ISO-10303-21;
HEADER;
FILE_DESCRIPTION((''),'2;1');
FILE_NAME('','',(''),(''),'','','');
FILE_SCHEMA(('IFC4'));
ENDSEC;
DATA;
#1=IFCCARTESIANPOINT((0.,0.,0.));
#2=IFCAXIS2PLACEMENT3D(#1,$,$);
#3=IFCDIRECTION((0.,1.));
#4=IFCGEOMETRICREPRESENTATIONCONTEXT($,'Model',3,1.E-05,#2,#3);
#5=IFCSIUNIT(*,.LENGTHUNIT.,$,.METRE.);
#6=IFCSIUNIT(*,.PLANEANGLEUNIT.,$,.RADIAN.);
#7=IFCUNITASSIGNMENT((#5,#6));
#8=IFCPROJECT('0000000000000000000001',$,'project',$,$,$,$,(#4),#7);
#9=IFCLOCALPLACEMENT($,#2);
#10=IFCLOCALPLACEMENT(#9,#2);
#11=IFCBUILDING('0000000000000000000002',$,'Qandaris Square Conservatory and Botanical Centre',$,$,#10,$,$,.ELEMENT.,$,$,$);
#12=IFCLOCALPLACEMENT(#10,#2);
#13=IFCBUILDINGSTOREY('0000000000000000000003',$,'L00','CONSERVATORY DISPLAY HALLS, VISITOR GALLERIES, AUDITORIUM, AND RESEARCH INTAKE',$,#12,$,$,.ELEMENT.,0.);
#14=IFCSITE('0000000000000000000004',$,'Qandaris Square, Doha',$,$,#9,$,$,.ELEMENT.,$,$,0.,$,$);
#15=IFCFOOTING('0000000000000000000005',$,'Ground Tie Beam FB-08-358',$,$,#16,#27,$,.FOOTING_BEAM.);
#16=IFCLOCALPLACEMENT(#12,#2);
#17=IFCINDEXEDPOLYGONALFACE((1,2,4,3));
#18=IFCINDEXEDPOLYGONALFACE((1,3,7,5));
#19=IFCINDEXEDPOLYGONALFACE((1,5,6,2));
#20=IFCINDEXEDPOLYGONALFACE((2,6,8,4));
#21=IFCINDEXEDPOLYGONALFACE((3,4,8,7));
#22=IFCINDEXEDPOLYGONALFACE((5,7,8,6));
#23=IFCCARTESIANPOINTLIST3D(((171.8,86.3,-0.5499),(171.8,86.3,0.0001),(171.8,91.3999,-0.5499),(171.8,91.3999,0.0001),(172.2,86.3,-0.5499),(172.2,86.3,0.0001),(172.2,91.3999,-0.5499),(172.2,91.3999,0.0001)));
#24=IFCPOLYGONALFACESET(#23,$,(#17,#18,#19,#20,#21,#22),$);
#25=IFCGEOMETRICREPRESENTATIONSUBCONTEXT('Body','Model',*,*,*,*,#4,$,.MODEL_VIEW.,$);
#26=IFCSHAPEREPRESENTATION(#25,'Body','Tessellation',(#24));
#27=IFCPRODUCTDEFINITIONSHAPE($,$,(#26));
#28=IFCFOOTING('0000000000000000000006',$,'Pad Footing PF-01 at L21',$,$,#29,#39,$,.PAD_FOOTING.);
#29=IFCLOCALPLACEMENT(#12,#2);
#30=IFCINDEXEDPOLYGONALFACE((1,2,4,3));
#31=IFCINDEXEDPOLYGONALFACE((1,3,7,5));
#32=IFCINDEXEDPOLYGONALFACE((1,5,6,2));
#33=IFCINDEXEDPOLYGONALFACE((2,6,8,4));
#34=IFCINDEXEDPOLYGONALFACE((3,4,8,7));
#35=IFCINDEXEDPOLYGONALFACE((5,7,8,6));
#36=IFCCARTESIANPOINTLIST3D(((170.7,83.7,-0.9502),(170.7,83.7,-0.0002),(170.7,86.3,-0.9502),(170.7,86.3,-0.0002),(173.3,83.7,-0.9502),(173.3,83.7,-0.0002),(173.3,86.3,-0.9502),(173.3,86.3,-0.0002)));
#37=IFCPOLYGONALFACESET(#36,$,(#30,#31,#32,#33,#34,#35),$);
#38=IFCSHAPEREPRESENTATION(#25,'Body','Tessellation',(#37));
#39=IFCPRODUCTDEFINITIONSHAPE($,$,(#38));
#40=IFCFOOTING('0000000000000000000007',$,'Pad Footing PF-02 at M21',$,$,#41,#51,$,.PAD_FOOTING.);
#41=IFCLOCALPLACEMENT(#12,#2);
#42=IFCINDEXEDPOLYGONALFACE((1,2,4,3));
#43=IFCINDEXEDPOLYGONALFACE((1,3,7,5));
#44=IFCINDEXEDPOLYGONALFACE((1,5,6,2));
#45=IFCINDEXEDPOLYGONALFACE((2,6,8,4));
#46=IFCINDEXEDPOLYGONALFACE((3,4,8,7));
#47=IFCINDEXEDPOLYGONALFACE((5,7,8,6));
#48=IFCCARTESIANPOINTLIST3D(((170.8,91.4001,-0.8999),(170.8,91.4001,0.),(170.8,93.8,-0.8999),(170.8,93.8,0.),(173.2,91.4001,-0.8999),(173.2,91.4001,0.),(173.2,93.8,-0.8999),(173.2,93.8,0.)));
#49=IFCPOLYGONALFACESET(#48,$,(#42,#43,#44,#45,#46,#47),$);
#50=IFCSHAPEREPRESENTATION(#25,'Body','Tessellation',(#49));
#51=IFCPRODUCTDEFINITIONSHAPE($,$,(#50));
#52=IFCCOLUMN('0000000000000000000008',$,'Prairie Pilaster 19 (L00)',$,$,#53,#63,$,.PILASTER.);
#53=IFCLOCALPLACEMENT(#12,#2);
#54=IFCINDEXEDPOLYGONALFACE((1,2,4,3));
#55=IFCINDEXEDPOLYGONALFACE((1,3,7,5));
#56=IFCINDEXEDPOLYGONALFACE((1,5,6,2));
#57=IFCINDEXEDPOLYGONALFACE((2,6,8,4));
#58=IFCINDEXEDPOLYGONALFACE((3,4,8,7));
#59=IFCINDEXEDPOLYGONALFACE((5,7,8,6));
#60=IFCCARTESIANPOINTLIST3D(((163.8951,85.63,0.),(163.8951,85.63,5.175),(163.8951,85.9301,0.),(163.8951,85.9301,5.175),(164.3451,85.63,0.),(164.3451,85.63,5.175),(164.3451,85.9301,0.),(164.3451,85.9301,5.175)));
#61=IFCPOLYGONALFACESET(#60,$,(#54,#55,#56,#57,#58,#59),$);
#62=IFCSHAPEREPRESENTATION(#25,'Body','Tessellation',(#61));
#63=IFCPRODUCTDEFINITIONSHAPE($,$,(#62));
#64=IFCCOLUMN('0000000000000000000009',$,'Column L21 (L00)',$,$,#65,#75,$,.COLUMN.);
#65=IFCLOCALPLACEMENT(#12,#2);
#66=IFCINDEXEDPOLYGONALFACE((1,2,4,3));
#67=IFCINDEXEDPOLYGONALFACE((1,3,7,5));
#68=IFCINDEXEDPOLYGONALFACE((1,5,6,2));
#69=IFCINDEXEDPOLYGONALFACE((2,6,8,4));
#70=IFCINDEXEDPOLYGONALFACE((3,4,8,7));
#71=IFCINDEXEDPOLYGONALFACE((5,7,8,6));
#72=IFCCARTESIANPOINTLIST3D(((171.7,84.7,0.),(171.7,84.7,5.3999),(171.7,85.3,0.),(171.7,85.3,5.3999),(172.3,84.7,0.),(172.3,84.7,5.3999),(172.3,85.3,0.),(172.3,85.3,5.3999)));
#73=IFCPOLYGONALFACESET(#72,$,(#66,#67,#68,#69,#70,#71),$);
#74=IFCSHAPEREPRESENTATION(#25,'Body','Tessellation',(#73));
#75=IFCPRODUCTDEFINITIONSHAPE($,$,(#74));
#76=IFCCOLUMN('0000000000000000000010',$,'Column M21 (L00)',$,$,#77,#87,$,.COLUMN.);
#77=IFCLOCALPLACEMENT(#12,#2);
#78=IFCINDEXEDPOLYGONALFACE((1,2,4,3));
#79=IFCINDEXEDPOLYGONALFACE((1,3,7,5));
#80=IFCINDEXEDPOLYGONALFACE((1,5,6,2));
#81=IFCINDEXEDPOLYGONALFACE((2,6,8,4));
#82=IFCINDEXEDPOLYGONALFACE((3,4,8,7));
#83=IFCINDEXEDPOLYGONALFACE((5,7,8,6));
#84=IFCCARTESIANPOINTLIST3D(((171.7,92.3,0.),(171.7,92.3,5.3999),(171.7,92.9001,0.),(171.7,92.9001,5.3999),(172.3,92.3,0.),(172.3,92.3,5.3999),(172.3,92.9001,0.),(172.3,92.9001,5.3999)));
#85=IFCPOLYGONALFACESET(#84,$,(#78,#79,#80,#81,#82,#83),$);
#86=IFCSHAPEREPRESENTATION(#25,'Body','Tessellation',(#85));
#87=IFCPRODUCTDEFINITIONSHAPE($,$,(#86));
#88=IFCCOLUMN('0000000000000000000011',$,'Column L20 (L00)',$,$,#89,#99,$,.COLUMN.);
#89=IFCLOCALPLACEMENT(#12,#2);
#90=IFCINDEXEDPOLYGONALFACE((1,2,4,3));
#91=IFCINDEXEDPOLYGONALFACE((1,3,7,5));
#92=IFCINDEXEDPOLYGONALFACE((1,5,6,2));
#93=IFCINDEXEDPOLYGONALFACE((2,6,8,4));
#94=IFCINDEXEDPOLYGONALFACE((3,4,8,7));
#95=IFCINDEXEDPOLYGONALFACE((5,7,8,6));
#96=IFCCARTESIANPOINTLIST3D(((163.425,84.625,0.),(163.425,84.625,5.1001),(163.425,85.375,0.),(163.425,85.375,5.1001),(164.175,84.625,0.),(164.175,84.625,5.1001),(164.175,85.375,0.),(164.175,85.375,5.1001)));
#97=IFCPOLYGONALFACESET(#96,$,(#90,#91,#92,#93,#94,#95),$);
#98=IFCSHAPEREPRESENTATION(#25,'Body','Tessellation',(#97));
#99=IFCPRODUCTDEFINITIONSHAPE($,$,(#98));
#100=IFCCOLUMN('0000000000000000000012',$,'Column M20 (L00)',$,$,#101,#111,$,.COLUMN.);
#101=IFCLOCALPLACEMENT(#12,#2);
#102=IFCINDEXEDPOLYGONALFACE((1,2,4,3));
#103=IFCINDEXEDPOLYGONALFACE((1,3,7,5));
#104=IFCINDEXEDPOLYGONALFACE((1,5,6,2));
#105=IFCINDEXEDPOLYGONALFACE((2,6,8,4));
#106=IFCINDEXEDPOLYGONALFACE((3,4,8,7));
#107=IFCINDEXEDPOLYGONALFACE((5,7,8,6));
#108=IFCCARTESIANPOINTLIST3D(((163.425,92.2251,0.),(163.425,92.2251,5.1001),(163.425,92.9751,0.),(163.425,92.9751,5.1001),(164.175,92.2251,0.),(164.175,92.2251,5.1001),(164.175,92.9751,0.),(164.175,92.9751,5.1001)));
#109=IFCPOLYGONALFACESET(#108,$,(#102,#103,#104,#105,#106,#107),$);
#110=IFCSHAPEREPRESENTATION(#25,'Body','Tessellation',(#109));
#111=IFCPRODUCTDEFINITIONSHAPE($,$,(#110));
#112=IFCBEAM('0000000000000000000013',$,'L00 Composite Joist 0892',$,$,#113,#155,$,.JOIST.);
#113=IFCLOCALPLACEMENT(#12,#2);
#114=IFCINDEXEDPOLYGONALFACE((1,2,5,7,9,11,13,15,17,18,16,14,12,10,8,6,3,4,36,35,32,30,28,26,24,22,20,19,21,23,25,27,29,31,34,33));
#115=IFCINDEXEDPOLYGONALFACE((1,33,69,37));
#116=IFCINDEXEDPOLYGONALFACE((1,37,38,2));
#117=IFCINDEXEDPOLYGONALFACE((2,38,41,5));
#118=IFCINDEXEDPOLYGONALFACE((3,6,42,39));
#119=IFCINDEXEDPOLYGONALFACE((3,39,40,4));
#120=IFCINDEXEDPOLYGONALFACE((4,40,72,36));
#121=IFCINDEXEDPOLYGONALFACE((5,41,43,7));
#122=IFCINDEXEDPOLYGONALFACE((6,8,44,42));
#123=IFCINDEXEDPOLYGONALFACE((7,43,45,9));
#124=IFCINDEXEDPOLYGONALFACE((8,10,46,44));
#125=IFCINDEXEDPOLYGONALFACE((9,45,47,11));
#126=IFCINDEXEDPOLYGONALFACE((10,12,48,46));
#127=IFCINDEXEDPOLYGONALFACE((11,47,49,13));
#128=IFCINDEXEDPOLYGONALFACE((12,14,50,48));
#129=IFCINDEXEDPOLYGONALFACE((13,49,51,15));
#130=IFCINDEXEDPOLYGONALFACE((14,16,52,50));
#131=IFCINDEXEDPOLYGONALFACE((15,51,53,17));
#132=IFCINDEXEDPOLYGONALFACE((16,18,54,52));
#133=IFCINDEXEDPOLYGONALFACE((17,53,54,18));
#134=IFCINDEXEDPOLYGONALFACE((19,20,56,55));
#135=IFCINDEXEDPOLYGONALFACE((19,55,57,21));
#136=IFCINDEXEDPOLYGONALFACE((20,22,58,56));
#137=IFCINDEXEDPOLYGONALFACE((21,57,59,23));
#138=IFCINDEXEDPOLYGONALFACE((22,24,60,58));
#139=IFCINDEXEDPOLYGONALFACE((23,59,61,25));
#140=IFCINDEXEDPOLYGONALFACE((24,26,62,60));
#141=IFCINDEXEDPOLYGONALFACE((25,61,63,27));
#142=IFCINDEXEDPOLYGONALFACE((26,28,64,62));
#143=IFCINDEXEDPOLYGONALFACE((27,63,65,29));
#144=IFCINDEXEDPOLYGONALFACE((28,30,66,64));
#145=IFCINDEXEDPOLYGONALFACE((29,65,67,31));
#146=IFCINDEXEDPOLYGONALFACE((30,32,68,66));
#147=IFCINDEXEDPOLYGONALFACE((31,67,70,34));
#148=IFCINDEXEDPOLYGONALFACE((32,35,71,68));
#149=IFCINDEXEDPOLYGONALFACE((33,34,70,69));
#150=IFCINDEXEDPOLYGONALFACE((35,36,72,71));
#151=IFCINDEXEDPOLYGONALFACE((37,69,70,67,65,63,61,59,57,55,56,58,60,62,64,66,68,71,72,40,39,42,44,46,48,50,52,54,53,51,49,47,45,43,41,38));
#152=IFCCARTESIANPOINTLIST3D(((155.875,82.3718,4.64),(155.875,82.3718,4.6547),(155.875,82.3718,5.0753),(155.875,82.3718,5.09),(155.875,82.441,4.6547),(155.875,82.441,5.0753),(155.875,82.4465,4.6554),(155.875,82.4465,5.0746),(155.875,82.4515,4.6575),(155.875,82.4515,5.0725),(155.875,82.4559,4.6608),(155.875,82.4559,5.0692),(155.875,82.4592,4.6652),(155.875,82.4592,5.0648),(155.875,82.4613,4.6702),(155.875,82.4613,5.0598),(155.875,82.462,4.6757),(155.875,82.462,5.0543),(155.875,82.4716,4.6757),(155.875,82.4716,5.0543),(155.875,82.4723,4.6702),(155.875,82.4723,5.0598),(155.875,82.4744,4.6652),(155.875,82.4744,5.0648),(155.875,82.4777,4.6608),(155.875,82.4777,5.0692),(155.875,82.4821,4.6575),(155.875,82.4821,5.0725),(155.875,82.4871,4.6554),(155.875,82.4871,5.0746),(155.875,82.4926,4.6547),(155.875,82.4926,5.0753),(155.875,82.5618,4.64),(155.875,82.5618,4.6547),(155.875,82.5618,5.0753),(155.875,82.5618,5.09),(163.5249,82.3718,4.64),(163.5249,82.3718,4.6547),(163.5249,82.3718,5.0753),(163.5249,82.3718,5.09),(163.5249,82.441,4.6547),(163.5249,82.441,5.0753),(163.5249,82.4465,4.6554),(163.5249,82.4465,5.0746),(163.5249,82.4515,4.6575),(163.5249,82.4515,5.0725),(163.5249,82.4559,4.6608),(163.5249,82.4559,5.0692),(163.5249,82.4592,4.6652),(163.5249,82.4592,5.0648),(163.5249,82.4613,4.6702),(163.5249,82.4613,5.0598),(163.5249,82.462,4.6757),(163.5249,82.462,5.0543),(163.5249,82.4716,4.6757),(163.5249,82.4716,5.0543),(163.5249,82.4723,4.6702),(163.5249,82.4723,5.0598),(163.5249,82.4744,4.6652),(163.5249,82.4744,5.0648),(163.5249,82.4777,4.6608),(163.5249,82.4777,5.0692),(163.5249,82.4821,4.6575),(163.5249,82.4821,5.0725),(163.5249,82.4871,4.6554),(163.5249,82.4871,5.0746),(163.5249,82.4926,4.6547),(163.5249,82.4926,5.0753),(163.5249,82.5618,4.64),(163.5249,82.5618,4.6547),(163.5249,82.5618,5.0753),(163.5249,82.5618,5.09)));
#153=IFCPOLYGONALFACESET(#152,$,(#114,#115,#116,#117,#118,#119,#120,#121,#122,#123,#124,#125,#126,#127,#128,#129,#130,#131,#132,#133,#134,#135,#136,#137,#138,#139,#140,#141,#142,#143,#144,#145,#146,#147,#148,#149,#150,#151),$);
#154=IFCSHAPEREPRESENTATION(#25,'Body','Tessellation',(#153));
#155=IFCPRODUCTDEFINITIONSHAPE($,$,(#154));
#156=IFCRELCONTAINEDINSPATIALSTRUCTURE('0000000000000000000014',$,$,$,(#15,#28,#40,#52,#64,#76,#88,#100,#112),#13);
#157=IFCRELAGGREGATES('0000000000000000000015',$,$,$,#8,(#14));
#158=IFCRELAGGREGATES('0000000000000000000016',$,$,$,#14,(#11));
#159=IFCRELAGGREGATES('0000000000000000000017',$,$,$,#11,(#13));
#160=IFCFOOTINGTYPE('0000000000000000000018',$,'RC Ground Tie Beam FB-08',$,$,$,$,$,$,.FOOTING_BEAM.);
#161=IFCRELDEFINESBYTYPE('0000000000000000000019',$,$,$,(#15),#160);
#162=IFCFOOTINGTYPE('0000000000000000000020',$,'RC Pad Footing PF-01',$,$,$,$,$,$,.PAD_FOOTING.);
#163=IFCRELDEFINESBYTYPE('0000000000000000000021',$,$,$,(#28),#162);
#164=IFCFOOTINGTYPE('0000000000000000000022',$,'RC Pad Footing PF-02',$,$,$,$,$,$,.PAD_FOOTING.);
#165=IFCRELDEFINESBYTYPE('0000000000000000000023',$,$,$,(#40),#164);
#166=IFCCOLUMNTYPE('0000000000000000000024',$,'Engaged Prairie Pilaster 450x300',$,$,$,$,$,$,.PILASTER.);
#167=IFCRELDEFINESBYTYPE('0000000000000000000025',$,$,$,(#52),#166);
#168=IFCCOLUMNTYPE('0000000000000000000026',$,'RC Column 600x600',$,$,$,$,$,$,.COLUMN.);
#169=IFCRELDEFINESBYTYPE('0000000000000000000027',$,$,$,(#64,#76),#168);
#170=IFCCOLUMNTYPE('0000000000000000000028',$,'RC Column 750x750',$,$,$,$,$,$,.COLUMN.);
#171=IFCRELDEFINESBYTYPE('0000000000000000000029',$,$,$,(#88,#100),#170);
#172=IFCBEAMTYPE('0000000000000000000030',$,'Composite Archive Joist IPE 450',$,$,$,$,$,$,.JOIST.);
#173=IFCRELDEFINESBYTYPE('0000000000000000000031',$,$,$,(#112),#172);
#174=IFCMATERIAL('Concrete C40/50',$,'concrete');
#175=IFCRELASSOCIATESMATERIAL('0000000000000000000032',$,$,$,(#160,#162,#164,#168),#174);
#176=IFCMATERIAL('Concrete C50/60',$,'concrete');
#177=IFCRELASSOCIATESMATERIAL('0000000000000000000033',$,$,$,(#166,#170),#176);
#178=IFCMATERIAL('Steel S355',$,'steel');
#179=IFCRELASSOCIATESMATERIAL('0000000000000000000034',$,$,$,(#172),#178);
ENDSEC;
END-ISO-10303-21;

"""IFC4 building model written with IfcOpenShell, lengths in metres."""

from ifc_helpers import new_model, si_unit, direction, frame, origin, origin_2d, place, context, subcontext, project, spatial, rectangle, i_section, extrude, material, material_profile, profile_set, type_object, element, save


model = new_model("IFC4")

# Units and contexts
model_context = context("Model", 3, precision=1e-05, world=origin(), true_north=direction((0.0, 1.0)))
body_context = subcontext(model_context, "Body", "Model", "MODEL_VIEW")
ifc_project = project(units=[si_unit("LENGTHUNIT", "METRE"), si_unit("PLANEANGLEUNIT", "RADIAN")], contexts=[model_context])

# Site, building, storey
site_placement = place(None, origin())
site = spatial("IfcSite", under=ifc_project, at=site_placement, Name="Qandaris Square, Doha", CompositionType="ELEMENT", RefElevation=0.0)
building_placement = place(site_placement, origin())
building = spatial("IfcBuilding", under=site, at=building_placement, Name="Qandaris Square Conservatory and Botanical Centre", CompositionType="ELEMENT")
storey_placement = place(building_placement, origin())
storey = spatial("IfcBuildingStorey", under=building, at=storey_placement, Name="L00", Description="CONSERVATORY DISPLAY HALLS, VISITOR GALLERIES, AUDITORIUM, AND RESEARCH INTAKE", CompositionType="ELEMENT", Elevation=0.0)

# Footings
ifc_material_1 = material(Name="Concrete C40/50", Category="concrete")
ifc_material_profile_1 = material_profile(ifc_material_1, rectangle(XDim=0.3999, YDim=0.55, at=origin_2d()), Name="FB 400x550")
ifc_profile_set_1 = profile_set([ifc_material_profile_1], Name="Concrete C40/50")
footing_type_1 = type_object("IfcFootingType", Name="RC Ground Tie Beam FB-08", PredefinedType="FOOTING_BEAM", material=ifc_profile_set_1)
footing_1_placement = place(storey_placement, frame((172.0, 86.3, -0.2749), z_axis=(0.0, 1.0, 0.0), x_axis=(-1.0, 0.0, 0.0)))
element("IfcFooting", 1, at=footing_1_placement, inside=storey, type_object=footing_type_1, Name="Ground Tie Beam FB-08-358", PredefinedType="FOOTING_BEAM", context=body_context, shape_type="SweptSolid", body=[
    extrude(rectangle(XDim=0.3999, YDim=0.55, at=origin_2d()), origin(), (0.0, 0.0, 1.0), 5.0999),
])
footing_type_2 = type_object("IfcFootingType", Name="RC Pad Footing PF-01", PredefinedType="PAD_FOOTING", material=ifc_material_1)
footing_2_placement = place(storey_placement, frame((172.0, 85.0, -0.9502), z_axis=(0.0, 0.0, 1.0), x_axis=(1.0, 0.0, 0.0)))
element("IfcFooting", 2, at=footing_2_placement, inside=storey, type_object=footing_type_2, Name="Pad Footing PF-01 at L21", PredefinedType="PAD_FOOTING", context=body_context, shape_type="SweptSolid", body=[
    extrude(rectangle(XDim=2.6001, YDim=2.6001, at=origin_2d()), origin(), (0.0, 0.0, 1.0), 0.95),
])
footing_type_3 = type_object("IfcFootingType", Name="RC Pad Footing PF-02", PredefinedType="PAD_FOOTING", material=ifc_material_1)
footing_3_placement = place(storey_placement, frame((172.0, 92.6001, -0.8999), z_axis=(0.0, 0.0, 1.0), x_axis=(1.0, 0.0, 0.0)))
element("IfcFooting", 3, at=footing_3_placement, inside=storey, type_object=footing_type_3, Name="Pad Footing PF-02 at M21", PredefinedType="PAD_FOOTING", context=body_context, shape_type="SweptSolid", body=[
    extrude(rectangle(XDim=2.3999, YDim=2.3999, at=origin_2d()), origin(), (0.0, 0.0, 1.0), 0.8999),
])

# Columns
ifc_material_2 = material(Name="Concrete C50/60", Category="concrete")
ifc_material_profile_2 = material_profile(ifc_material_2, rectangle(XDim=0.45, YDim=0.3, at=origin_2d()), Name="RC-PIL 450x300")
ifc_profile_set_2 = profile_set([ifc_material_profile_2], Name="Concrete C50/60")
column_type_1 = type_object("IfcColumnType", Name="Engaged Prairie Pilaster 450x300", PredefinedType="PILASTER", material=ifc_profile_set_2)
column_placement = place(storey_placement, frame((164.1201, 85.78, 0.0), z_axis=(0.0, 0.0, 1.0), x_axis=(1.0, 0.0, 0.0)))
element("IfcColumn", 4, at=column_placement, inside=storey, type_object=column_type_1, Name="Prairie Pilaster 19 (L00)", PredefinedType="PILASTER", context=body_context, shape_type="SweptSolid", body=[
    extrude(rectangle(XDim=0.45, YDim=0.3, at=origin_2d()), origin(), (0.0, 0.0, 1.0), 5.175),
])
ifc_material_profile_3 = material_profile(ifc_material_1, rectangle(XDim=0.6001, YDim=0.6001, at=origin_2d()), Name="RC-COL 600x600")
ifc_profile_set_3 = profile_set([ifc_material_profile_3], Name="Concrete C40/50")
column_type_2 = type_object("IfcColumnType", Name="RC Column 600x600", PredefinedType="COLUMN", material=ifc_profile_set_3)
for number, where, z_axis, x_axis, name in (
    (5, (172.0, 85.0, 0.0), (0.0, 0.0, 1.0), (1.0, 0.0, 0.0), "Column L21 (L00)"),
    (6, (172.0, 92.6001, 0.0), (0.0, 0.0, 1.0), (1.0, 0.0, 0.0), "Column M21 (L00)"),
):
    element("IfcColumn", number, at=place(storey_placement, frame(where, z_axis=z_axis, x_axis=x_axis)), inside=storey, type_object=column_type_2, Name=name, PredefinedType="COLUMN", context=body_context, shape_type="SweptSolid", body=[
        extrude(rectangle(XDim=0.6001, YDim=0.6001, at=origin_2d()), origin(), (0.0, 0.0, 1.0), 5.3999),
    ])
ifc_material_profile_4 = material_profile(ifc_material_2, rectangle(XDim=0.75, YDim=0.75, at=origin_2d()), Name="RC-COL 750x750")
ifc_profile_set_4 = profile_set([ifc_material_profile_4], Name="Concrete C50/60")
column_type_3 = type_object("IfcColumnType", Name="RC Column 750x750", PredefinedType="COLUMN", material=ifc_profile_set_4)
for number, where, z_axis, x_axis, name in (
    (7, (163.8, 85.0, 0.0), (0.0, 0.0, 1.0), (1.0, 0.0, 0.0), "Column L20 (L00)"),
    (8, (163.8, 92.6001, 0.0), (0.0, 0.0, 1.0), (1.0, 0.0, 0.0), "Column M20 (L00)"),
):
    element("IfcColumn", number, at=place(storey_placement, frame(where, z_axis=z_axis, x_axis=x_axis)), inside=storey, type_object=column_type_3, Name=name, PredefinedType="COLUMN", context=body_context, shape_type="SweptSolid", body=[
        extrude(rectangle(XDim=0.75, YDim=0.75, at=origin_2d()), origin(), (0.0, 0.0, 1.0), 5.1001),
    ])

# Beam
ifc_material_3 = material(Name="Steel S355", Category="steel")
ifc_material_profile_5 = material_profile(ifc_material_3, i_section(OverallWidth=0.1899, OverallDepth=0.45, WebThickness=0.0095, FlangeThickness=0.0146, FilletRadius=0.021, at=origin_2d()), Name="IPE 450")
ifc_profile_set_5 = profile_set([ifc_material_profile_5], Name="Steel S355")
beam_type_1 = type_object("IfcBeamType", Name="Composite Archive Joist IPE 450", PredefinedType="JOIST", material=ifc_profile_set_5)
for number, where, z_axis, x_axis, name in (
    (9, (155.875, 82.4668, 4.865), (1.0, 0.0, 0.0), (0.0, 1.0, 0.0), "L00 Composite Joist 0892"),
):
    element("IfcBeam", number, at=place(storey_placement, frame(where, z_axis=z_axis, x_axis=x_axis)), inside=storey, type_object=beam_type_1, Name=name, PredefinedType="JOIST", context=body_context, shape_type="SweptSolid", body=[
        extrude(i_section(OverallWidth=0.1899, OverallDepth=0.45, WebThickness=0.0095, FlangeThickness=0.0146, FilletRadius=0.021, at=origin_2d()), origin(), (0.0, 0.0, 1.0), 7.6499),
    ])

save(model, "model.ifc")
